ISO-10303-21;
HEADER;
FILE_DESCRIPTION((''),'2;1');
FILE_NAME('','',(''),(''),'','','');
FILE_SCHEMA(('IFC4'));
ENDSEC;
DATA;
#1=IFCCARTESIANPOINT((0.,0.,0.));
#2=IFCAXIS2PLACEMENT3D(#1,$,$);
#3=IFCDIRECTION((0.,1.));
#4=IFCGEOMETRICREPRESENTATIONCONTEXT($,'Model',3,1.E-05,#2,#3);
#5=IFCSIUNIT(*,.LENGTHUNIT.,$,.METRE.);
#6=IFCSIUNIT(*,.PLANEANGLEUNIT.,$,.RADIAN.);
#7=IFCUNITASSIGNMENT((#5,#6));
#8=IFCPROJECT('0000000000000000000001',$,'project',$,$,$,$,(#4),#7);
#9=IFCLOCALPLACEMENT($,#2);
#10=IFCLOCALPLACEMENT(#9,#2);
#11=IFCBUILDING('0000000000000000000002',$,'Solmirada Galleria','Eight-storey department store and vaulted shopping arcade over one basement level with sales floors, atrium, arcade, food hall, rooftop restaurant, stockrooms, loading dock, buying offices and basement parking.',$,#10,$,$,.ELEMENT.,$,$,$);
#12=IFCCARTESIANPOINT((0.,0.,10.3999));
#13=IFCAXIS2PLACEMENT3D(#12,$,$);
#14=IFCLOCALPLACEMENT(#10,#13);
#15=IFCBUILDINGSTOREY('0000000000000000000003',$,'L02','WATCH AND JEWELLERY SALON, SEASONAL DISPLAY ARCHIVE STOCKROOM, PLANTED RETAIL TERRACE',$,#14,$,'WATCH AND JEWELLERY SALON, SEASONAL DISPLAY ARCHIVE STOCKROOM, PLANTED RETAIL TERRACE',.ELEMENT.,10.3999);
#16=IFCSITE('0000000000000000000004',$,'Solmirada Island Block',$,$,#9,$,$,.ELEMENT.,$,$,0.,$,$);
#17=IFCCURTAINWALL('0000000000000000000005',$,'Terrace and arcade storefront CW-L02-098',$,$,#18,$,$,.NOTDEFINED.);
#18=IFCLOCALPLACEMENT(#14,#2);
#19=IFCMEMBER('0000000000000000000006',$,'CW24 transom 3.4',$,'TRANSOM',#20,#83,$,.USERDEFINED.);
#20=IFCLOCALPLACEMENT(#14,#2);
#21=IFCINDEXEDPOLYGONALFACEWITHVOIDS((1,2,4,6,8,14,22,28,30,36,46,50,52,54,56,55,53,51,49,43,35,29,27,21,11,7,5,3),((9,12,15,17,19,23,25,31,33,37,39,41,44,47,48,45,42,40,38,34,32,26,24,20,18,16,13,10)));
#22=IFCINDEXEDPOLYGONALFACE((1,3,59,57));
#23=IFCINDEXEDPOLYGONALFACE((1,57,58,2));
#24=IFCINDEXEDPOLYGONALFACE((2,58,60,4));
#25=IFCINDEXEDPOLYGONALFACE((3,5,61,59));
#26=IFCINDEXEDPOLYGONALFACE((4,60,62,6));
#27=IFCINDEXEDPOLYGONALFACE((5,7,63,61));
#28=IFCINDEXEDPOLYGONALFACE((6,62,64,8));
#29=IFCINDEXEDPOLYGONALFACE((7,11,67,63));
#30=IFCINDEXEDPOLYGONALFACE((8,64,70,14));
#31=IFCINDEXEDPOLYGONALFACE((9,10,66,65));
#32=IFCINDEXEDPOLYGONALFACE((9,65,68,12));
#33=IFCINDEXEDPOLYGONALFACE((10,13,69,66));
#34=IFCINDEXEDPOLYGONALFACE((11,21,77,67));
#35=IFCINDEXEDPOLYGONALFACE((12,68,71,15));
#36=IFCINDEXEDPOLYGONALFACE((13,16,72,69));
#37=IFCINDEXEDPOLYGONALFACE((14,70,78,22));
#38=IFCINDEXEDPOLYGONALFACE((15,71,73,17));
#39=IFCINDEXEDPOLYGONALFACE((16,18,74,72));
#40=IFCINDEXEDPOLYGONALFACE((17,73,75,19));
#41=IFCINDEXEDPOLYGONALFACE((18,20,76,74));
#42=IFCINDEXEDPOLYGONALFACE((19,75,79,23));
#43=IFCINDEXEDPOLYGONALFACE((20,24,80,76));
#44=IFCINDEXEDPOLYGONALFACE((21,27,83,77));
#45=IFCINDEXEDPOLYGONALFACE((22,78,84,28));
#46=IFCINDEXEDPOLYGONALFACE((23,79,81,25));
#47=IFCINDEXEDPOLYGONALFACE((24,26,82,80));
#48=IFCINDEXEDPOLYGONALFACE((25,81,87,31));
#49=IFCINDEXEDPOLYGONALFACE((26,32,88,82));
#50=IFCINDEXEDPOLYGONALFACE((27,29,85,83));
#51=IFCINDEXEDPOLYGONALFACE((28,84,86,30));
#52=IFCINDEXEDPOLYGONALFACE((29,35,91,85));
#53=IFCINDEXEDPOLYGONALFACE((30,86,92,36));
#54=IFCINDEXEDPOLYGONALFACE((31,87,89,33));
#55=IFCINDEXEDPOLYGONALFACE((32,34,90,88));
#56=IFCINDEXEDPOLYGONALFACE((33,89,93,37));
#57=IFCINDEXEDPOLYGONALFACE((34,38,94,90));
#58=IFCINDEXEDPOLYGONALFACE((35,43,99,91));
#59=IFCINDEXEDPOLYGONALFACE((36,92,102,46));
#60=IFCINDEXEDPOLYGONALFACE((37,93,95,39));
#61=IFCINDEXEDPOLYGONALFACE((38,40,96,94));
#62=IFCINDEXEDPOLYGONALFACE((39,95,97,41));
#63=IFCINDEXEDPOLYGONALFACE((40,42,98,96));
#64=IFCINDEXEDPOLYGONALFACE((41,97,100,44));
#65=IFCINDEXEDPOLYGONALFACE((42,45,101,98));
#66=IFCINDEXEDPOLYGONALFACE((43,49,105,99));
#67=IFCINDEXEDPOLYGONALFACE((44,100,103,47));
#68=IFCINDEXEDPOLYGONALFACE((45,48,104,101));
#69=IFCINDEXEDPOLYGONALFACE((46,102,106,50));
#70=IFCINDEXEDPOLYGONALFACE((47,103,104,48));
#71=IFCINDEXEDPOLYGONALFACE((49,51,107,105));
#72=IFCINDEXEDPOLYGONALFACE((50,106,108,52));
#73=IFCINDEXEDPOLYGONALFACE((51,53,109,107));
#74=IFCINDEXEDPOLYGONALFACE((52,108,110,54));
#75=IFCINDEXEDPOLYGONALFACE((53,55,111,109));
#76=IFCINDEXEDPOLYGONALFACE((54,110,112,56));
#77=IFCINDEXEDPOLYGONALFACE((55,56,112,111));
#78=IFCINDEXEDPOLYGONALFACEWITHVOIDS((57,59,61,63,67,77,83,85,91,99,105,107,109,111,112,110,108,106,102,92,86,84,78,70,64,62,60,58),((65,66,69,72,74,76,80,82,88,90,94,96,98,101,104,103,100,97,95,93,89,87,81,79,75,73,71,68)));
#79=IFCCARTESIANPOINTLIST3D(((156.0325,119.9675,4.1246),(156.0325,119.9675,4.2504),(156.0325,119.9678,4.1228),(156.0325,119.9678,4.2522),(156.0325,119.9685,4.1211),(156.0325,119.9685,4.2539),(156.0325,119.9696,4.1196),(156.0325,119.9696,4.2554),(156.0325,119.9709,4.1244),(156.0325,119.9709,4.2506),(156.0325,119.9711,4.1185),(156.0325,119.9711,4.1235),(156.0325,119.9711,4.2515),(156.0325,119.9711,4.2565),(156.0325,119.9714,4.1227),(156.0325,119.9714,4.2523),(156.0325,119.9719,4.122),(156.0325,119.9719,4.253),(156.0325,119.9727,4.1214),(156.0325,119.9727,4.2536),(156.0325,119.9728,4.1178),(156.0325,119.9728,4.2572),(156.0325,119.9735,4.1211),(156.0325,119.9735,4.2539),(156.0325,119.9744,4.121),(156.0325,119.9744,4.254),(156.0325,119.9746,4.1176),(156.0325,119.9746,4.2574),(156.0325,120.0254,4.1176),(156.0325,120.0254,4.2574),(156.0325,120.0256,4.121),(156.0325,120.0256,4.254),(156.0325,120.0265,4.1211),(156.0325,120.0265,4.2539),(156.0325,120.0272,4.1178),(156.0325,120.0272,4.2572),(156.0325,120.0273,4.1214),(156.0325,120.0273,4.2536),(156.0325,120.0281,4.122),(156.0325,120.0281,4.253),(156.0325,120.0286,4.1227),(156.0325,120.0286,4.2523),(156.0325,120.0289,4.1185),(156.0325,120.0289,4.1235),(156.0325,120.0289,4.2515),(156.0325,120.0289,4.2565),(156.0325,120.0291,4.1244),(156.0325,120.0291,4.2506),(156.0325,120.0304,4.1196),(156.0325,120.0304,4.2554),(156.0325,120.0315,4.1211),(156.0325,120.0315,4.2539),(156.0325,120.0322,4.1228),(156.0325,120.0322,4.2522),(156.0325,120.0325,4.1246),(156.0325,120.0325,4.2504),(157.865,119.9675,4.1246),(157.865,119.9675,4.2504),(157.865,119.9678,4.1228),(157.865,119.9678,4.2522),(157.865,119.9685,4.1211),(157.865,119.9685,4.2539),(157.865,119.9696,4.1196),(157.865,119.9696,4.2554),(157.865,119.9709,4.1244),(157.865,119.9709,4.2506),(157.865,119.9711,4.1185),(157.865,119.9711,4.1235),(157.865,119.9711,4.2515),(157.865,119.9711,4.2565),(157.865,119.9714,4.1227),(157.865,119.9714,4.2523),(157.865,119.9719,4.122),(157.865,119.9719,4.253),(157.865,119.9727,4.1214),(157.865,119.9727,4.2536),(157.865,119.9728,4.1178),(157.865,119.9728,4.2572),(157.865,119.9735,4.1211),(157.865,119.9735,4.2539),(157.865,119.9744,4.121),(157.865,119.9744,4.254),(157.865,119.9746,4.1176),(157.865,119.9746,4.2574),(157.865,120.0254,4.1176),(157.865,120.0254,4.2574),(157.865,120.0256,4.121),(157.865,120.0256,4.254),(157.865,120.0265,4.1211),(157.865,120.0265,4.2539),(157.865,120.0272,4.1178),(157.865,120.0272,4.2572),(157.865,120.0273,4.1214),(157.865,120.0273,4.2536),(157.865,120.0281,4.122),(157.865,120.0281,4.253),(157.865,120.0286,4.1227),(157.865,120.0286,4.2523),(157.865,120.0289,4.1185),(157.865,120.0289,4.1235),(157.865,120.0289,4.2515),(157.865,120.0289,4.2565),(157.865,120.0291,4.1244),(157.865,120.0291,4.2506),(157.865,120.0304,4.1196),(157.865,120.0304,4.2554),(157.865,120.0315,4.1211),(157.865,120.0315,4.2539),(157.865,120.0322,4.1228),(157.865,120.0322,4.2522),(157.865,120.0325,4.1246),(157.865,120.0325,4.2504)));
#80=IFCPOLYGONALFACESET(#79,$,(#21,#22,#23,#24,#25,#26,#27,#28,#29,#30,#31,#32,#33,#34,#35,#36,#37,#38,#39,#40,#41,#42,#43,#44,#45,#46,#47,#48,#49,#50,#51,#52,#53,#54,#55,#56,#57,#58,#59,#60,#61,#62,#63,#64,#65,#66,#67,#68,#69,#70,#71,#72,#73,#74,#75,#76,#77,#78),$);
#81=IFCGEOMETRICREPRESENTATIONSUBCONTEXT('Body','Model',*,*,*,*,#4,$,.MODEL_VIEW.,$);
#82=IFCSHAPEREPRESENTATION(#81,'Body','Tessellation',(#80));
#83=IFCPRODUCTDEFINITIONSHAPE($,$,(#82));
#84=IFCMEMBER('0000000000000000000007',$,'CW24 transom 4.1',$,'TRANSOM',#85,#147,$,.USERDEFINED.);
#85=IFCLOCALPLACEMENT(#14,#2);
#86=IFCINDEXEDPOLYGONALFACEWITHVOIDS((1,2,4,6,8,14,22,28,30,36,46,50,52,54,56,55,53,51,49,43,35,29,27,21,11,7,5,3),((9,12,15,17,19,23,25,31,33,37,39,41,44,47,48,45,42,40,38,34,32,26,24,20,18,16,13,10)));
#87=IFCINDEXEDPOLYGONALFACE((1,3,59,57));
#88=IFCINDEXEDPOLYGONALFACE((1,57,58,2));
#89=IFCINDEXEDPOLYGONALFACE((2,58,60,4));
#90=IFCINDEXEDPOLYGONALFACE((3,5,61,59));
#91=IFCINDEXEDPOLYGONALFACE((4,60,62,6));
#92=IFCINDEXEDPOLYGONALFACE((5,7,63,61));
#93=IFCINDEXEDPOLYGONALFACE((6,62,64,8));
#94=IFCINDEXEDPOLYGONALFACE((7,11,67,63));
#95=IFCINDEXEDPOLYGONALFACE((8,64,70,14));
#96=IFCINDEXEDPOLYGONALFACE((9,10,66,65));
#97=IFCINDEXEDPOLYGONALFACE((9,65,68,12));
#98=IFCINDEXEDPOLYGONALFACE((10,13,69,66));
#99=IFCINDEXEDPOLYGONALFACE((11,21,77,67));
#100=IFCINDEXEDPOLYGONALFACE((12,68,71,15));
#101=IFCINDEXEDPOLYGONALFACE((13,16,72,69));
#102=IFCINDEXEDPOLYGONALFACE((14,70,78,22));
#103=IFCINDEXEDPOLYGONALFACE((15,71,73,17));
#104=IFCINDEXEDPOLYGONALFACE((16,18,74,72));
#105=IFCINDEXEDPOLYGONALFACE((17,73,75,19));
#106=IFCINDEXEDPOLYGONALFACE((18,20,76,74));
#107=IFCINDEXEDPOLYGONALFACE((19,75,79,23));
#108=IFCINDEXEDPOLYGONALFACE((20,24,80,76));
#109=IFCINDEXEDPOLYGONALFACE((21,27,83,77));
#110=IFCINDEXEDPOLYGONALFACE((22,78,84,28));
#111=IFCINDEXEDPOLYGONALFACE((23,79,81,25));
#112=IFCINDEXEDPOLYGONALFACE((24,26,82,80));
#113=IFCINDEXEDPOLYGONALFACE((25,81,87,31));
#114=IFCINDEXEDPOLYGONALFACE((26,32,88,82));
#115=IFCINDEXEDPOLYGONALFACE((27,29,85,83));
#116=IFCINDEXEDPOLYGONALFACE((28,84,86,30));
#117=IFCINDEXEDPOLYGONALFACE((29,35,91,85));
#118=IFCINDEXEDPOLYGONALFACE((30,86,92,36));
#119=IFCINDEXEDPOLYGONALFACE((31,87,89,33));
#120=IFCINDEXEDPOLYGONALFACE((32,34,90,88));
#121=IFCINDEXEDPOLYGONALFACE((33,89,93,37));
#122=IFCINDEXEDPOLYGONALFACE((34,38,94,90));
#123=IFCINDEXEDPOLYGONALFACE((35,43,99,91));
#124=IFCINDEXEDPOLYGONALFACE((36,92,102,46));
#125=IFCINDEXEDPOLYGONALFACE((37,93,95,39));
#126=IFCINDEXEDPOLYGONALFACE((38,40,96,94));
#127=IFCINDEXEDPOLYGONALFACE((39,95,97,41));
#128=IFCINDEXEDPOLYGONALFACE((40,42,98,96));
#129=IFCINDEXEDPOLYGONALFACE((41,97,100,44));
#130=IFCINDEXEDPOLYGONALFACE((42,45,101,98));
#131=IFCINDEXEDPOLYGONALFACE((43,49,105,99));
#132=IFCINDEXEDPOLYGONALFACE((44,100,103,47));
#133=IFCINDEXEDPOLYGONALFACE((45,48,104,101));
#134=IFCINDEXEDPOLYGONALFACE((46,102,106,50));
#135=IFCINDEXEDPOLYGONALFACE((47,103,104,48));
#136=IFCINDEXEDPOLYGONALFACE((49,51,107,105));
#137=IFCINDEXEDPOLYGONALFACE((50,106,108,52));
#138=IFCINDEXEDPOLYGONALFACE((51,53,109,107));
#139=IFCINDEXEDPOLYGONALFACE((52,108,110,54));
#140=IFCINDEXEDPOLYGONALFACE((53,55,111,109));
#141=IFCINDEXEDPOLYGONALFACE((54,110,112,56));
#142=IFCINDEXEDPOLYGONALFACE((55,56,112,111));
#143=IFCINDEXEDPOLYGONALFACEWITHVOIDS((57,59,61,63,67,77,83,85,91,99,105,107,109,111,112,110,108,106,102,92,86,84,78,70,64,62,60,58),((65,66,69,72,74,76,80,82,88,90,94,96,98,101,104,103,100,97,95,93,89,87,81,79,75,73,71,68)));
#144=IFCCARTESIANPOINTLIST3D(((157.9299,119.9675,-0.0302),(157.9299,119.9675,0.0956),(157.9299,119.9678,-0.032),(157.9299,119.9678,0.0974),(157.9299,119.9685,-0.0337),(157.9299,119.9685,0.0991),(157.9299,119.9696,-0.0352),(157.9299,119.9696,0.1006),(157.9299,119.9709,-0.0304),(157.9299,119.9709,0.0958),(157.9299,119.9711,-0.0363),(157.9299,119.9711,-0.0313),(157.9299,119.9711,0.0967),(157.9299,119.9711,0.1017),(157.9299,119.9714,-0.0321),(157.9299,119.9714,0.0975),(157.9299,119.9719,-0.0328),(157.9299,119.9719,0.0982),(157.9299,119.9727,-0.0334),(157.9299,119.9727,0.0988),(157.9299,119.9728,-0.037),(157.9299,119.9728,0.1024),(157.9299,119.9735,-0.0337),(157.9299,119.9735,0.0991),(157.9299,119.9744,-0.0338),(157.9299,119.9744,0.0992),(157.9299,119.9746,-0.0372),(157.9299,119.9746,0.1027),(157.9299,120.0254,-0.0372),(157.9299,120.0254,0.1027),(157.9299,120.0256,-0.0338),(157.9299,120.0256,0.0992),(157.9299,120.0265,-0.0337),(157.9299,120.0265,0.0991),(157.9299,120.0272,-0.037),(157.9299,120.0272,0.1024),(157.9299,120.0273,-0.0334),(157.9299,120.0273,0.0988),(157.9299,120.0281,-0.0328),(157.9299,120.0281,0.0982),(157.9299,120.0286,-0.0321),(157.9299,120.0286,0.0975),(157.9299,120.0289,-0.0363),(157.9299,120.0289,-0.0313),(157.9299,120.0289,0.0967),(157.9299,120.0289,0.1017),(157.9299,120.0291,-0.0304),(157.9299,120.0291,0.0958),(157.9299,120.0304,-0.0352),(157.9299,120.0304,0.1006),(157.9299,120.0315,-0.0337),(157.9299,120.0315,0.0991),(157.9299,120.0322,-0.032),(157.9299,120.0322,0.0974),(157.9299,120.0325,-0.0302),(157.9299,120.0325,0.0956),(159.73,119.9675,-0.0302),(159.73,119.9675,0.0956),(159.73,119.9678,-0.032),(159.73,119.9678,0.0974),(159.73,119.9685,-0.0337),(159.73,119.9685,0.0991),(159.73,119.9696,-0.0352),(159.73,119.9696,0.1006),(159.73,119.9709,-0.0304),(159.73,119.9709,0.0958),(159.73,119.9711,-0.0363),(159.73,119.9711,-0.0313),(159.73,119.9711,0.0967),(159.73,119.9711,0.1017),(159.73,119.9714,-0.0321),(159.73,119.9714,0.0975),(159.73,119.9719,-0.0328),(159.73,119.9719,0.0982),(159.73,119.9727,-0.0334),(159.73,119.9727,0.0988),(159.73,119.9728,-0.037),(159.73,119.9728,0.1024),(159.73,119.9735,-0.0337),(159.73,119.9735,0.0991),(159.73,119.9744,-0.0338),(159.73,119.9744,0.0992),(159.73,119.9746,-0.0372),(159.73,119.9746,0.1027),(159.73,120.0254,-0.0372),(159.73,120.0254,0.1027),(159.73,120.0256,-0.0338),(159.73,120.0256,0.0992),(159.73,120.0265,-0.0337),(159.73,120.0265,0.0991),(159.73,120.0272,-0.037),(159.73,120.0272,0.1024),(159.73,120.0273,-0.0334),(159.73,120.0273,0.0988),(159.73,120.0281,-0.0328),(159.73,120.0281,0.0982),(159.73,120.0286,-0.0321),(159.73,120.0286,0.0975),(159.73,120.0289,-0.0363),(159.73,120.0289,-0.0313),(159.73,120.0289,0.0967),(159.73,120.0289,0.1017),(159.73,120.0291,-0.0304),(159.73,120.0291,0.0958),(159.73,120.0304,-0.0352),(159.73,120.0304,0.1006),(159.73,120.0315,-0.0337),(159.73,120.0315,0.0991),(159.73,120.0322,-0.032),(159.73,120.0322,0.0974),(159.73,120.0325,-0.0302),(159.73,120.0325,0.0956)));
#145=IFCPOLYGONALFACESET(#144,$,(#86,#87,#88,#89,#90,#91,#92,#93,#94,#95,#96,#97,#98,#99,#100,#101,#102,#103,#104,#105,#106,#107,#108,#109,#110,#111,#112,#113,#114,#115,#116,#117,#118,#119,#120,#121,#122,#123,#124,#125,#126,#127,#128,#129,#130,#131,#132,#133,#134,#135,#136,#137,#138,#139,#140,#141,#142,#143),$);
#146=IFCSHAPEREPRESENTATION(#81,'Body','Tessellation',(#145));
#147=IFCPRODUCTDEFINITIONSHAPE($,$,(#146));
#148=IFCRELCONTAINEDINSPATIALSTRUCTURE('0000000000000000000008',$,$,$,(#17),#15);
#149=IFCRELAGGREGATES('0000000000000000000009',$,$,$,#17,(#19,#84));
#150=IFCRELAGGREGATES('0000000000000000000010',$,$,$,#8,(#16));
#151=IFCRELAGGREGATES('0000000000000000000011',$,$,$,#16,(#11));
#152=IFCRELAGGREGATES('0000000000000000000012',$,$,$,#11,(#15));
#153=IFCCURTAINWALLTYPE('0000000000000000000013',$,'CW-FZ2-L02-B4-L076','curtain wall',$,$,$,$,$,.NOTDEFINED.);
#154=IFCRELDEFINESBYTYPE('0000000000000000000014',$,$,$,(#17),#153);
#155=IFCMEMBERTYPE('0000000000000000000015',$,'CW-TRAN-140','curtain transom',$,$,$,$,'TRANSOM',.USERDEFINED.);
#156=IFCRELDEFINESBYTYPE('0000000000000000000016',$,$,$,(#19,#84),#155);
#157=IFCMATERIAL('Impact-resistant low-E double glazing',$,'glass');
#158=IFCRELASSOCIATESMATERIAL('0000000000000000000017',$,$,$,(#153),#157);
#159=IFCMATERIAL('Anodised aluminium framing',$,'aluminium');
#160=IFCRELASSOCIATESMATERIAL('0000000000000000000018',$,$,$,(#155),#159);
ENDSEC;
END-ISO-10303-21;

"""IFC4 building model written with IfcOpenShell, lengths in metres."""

from ifc_helpers import new_model, si_unit, direction, frame, origin, origin_2d, place, context, subcontext, project, spatial, hollow_rectangle, extrude, material, material_profile, profile_set, type_object, element, aggregate, save


model = new_model("IFC4")

# Units and contexts
model_context = context("Model", 3, precision=1e-05, world=origin(), true_north=direction((0.0, 1.0)))
body_context = subcontext(model_context, "Body", "Model", "MODEL_VIEW")
ifc_project = project(units=[si_unit("LENGTHUNIT", "METRE"), si_unit("PLANEANGLEUNIT", "RADIAN")], contexts=[model_context])

# Site, building, storey
site_placement = place(None, origin())
site = spatial("IfcSite", under=ifc_project, at=site_placement, Name="Solmirada Island Block", CompositionType="ELEMENT", RefElevation=0.0)
building_placement = place(site_placement, origin())
building = spatial("IfcBuilding", under=site, at=building_placement, Name="Solmirada Galleria", Description="Eight-storey department store and vaulted shopping arcade over one basement level with sales floors, atrium, arcade, food hall, rooftop restaurant, stockrooms, loading dock, buying offices and basement parking.", CompositionType="ELEMENT")
storey_placement = place(building_placement, frame((0.0, 0.0, 10.3999)))
storey = spatial("IfcBuildingStorey", under=building, at=storey_placement, Name="L02", Description="WATCH AND JEWELLERY SALON, SEASONAL DISPLAY ARCHIVE STOCKROOM, PLANTED RETAIL TERRACE", LongName="WATCH AND JEWELLERY SALON, SEASONAL DISPLAY ARCHIVE STOCKROOM, PLANTED RETAIL TERRACE", CompositionType="ELEMENT", Elevation=10.3999)

# Curtain wall, members
ifc_material_1 = material(Name="Impact-resistant low-E double glazing", Category="glass")
curtain_wall_type = type_object("IfcCurtainWallType", Name="CW-FZ2-L02-B4-L076", Description="curtain wall", PredefinedType="NOTDEFINED", material=ifc_material_1)
curtain_wall_placement = place(storey_placement, origin())
curtain_wall = element("IfcCurtainWall", 1, at=curtain_wall_placement, inside=storey, type_object=curtain_wall_type, Name="Terrace and arcade storefront CW-L02-098", PredefinedType="NOTDEFINED")
ifc_material_2 = material(Name="Anodised aluminium framing", Category="aluminium")
ifc_material_profile_1 = material_profile(ifc_material_2, hollow_rectangle(XDim=0.0649, YDim=0.1399, WallThickness=0.0034, InnerFilletRadius=0.0034, OuterFilletRadius=0.0071, at=origin_2d()), Name="ALU-TRAN-140X65")
ifc_profile_set_1 = profile_set([ifc_material_profile_1], Name="Anodised aluminium framing")
member_type_1 = type_object("IfcMemberType", Name="CW-TRAN-140", Description="curtain transom", ElementType="TRANSOM", PredefinedType="USERDEFINED", material=ifc_profile_set_1)
member_1_placement = place(storey_placement, frame((156.0325, 120.0, 4.1875), z_axis=(1.0, 0.0, 0.0), x_axis=(0.0, 1.0, 0.0)))
member_1 = element("IfcMember", 2, at=member_1_placement, type_object=member_type_1, Name="CW24 transom 3.4", ObjectType="TRANSOM", PredefinedType="USERDEFINED", context=body_context, shape_type="SweptSolid", body=[
    extrude(hollow_rectangle(XDim=0.0649, YDim=0.1399, WallThickness=0.0034, InnerFilletRadius=0.0034, OuterFilletRadius=0.0071, at=origin_2d()), origin(), (0.0, 0.0, 1.0), 1.8325),
])
member_2_placement = place(storey_placement, frame((157.9299, 120.0, 0.0327), z_axis=(1.0, 0.0, 0.0), x_axis=(0.0, 1.0, 0.0)))
member_2 = element("IfcMember", 3, at=member_2_placement, type_object=member_type_1, Name="CW24 transom 4.1", ObjectType="TRANSOM", PredefinedType="USERDEFINED", context=body_context, shape_type="SweptSolid", body=[
    extrude(hollow_rectangle(XDim=0.0649, YDim=0.1399, WallThickness=0.0034, InnerFilletRadius=0.0034, OuterFilletRadius=0.0071, at=origin_2d()), origin(), (0.0, 0.0, 1.0), 1.8),
])
aggregate(curtain_wall, [member_1, member_2])

save(model, "model.ifc")
